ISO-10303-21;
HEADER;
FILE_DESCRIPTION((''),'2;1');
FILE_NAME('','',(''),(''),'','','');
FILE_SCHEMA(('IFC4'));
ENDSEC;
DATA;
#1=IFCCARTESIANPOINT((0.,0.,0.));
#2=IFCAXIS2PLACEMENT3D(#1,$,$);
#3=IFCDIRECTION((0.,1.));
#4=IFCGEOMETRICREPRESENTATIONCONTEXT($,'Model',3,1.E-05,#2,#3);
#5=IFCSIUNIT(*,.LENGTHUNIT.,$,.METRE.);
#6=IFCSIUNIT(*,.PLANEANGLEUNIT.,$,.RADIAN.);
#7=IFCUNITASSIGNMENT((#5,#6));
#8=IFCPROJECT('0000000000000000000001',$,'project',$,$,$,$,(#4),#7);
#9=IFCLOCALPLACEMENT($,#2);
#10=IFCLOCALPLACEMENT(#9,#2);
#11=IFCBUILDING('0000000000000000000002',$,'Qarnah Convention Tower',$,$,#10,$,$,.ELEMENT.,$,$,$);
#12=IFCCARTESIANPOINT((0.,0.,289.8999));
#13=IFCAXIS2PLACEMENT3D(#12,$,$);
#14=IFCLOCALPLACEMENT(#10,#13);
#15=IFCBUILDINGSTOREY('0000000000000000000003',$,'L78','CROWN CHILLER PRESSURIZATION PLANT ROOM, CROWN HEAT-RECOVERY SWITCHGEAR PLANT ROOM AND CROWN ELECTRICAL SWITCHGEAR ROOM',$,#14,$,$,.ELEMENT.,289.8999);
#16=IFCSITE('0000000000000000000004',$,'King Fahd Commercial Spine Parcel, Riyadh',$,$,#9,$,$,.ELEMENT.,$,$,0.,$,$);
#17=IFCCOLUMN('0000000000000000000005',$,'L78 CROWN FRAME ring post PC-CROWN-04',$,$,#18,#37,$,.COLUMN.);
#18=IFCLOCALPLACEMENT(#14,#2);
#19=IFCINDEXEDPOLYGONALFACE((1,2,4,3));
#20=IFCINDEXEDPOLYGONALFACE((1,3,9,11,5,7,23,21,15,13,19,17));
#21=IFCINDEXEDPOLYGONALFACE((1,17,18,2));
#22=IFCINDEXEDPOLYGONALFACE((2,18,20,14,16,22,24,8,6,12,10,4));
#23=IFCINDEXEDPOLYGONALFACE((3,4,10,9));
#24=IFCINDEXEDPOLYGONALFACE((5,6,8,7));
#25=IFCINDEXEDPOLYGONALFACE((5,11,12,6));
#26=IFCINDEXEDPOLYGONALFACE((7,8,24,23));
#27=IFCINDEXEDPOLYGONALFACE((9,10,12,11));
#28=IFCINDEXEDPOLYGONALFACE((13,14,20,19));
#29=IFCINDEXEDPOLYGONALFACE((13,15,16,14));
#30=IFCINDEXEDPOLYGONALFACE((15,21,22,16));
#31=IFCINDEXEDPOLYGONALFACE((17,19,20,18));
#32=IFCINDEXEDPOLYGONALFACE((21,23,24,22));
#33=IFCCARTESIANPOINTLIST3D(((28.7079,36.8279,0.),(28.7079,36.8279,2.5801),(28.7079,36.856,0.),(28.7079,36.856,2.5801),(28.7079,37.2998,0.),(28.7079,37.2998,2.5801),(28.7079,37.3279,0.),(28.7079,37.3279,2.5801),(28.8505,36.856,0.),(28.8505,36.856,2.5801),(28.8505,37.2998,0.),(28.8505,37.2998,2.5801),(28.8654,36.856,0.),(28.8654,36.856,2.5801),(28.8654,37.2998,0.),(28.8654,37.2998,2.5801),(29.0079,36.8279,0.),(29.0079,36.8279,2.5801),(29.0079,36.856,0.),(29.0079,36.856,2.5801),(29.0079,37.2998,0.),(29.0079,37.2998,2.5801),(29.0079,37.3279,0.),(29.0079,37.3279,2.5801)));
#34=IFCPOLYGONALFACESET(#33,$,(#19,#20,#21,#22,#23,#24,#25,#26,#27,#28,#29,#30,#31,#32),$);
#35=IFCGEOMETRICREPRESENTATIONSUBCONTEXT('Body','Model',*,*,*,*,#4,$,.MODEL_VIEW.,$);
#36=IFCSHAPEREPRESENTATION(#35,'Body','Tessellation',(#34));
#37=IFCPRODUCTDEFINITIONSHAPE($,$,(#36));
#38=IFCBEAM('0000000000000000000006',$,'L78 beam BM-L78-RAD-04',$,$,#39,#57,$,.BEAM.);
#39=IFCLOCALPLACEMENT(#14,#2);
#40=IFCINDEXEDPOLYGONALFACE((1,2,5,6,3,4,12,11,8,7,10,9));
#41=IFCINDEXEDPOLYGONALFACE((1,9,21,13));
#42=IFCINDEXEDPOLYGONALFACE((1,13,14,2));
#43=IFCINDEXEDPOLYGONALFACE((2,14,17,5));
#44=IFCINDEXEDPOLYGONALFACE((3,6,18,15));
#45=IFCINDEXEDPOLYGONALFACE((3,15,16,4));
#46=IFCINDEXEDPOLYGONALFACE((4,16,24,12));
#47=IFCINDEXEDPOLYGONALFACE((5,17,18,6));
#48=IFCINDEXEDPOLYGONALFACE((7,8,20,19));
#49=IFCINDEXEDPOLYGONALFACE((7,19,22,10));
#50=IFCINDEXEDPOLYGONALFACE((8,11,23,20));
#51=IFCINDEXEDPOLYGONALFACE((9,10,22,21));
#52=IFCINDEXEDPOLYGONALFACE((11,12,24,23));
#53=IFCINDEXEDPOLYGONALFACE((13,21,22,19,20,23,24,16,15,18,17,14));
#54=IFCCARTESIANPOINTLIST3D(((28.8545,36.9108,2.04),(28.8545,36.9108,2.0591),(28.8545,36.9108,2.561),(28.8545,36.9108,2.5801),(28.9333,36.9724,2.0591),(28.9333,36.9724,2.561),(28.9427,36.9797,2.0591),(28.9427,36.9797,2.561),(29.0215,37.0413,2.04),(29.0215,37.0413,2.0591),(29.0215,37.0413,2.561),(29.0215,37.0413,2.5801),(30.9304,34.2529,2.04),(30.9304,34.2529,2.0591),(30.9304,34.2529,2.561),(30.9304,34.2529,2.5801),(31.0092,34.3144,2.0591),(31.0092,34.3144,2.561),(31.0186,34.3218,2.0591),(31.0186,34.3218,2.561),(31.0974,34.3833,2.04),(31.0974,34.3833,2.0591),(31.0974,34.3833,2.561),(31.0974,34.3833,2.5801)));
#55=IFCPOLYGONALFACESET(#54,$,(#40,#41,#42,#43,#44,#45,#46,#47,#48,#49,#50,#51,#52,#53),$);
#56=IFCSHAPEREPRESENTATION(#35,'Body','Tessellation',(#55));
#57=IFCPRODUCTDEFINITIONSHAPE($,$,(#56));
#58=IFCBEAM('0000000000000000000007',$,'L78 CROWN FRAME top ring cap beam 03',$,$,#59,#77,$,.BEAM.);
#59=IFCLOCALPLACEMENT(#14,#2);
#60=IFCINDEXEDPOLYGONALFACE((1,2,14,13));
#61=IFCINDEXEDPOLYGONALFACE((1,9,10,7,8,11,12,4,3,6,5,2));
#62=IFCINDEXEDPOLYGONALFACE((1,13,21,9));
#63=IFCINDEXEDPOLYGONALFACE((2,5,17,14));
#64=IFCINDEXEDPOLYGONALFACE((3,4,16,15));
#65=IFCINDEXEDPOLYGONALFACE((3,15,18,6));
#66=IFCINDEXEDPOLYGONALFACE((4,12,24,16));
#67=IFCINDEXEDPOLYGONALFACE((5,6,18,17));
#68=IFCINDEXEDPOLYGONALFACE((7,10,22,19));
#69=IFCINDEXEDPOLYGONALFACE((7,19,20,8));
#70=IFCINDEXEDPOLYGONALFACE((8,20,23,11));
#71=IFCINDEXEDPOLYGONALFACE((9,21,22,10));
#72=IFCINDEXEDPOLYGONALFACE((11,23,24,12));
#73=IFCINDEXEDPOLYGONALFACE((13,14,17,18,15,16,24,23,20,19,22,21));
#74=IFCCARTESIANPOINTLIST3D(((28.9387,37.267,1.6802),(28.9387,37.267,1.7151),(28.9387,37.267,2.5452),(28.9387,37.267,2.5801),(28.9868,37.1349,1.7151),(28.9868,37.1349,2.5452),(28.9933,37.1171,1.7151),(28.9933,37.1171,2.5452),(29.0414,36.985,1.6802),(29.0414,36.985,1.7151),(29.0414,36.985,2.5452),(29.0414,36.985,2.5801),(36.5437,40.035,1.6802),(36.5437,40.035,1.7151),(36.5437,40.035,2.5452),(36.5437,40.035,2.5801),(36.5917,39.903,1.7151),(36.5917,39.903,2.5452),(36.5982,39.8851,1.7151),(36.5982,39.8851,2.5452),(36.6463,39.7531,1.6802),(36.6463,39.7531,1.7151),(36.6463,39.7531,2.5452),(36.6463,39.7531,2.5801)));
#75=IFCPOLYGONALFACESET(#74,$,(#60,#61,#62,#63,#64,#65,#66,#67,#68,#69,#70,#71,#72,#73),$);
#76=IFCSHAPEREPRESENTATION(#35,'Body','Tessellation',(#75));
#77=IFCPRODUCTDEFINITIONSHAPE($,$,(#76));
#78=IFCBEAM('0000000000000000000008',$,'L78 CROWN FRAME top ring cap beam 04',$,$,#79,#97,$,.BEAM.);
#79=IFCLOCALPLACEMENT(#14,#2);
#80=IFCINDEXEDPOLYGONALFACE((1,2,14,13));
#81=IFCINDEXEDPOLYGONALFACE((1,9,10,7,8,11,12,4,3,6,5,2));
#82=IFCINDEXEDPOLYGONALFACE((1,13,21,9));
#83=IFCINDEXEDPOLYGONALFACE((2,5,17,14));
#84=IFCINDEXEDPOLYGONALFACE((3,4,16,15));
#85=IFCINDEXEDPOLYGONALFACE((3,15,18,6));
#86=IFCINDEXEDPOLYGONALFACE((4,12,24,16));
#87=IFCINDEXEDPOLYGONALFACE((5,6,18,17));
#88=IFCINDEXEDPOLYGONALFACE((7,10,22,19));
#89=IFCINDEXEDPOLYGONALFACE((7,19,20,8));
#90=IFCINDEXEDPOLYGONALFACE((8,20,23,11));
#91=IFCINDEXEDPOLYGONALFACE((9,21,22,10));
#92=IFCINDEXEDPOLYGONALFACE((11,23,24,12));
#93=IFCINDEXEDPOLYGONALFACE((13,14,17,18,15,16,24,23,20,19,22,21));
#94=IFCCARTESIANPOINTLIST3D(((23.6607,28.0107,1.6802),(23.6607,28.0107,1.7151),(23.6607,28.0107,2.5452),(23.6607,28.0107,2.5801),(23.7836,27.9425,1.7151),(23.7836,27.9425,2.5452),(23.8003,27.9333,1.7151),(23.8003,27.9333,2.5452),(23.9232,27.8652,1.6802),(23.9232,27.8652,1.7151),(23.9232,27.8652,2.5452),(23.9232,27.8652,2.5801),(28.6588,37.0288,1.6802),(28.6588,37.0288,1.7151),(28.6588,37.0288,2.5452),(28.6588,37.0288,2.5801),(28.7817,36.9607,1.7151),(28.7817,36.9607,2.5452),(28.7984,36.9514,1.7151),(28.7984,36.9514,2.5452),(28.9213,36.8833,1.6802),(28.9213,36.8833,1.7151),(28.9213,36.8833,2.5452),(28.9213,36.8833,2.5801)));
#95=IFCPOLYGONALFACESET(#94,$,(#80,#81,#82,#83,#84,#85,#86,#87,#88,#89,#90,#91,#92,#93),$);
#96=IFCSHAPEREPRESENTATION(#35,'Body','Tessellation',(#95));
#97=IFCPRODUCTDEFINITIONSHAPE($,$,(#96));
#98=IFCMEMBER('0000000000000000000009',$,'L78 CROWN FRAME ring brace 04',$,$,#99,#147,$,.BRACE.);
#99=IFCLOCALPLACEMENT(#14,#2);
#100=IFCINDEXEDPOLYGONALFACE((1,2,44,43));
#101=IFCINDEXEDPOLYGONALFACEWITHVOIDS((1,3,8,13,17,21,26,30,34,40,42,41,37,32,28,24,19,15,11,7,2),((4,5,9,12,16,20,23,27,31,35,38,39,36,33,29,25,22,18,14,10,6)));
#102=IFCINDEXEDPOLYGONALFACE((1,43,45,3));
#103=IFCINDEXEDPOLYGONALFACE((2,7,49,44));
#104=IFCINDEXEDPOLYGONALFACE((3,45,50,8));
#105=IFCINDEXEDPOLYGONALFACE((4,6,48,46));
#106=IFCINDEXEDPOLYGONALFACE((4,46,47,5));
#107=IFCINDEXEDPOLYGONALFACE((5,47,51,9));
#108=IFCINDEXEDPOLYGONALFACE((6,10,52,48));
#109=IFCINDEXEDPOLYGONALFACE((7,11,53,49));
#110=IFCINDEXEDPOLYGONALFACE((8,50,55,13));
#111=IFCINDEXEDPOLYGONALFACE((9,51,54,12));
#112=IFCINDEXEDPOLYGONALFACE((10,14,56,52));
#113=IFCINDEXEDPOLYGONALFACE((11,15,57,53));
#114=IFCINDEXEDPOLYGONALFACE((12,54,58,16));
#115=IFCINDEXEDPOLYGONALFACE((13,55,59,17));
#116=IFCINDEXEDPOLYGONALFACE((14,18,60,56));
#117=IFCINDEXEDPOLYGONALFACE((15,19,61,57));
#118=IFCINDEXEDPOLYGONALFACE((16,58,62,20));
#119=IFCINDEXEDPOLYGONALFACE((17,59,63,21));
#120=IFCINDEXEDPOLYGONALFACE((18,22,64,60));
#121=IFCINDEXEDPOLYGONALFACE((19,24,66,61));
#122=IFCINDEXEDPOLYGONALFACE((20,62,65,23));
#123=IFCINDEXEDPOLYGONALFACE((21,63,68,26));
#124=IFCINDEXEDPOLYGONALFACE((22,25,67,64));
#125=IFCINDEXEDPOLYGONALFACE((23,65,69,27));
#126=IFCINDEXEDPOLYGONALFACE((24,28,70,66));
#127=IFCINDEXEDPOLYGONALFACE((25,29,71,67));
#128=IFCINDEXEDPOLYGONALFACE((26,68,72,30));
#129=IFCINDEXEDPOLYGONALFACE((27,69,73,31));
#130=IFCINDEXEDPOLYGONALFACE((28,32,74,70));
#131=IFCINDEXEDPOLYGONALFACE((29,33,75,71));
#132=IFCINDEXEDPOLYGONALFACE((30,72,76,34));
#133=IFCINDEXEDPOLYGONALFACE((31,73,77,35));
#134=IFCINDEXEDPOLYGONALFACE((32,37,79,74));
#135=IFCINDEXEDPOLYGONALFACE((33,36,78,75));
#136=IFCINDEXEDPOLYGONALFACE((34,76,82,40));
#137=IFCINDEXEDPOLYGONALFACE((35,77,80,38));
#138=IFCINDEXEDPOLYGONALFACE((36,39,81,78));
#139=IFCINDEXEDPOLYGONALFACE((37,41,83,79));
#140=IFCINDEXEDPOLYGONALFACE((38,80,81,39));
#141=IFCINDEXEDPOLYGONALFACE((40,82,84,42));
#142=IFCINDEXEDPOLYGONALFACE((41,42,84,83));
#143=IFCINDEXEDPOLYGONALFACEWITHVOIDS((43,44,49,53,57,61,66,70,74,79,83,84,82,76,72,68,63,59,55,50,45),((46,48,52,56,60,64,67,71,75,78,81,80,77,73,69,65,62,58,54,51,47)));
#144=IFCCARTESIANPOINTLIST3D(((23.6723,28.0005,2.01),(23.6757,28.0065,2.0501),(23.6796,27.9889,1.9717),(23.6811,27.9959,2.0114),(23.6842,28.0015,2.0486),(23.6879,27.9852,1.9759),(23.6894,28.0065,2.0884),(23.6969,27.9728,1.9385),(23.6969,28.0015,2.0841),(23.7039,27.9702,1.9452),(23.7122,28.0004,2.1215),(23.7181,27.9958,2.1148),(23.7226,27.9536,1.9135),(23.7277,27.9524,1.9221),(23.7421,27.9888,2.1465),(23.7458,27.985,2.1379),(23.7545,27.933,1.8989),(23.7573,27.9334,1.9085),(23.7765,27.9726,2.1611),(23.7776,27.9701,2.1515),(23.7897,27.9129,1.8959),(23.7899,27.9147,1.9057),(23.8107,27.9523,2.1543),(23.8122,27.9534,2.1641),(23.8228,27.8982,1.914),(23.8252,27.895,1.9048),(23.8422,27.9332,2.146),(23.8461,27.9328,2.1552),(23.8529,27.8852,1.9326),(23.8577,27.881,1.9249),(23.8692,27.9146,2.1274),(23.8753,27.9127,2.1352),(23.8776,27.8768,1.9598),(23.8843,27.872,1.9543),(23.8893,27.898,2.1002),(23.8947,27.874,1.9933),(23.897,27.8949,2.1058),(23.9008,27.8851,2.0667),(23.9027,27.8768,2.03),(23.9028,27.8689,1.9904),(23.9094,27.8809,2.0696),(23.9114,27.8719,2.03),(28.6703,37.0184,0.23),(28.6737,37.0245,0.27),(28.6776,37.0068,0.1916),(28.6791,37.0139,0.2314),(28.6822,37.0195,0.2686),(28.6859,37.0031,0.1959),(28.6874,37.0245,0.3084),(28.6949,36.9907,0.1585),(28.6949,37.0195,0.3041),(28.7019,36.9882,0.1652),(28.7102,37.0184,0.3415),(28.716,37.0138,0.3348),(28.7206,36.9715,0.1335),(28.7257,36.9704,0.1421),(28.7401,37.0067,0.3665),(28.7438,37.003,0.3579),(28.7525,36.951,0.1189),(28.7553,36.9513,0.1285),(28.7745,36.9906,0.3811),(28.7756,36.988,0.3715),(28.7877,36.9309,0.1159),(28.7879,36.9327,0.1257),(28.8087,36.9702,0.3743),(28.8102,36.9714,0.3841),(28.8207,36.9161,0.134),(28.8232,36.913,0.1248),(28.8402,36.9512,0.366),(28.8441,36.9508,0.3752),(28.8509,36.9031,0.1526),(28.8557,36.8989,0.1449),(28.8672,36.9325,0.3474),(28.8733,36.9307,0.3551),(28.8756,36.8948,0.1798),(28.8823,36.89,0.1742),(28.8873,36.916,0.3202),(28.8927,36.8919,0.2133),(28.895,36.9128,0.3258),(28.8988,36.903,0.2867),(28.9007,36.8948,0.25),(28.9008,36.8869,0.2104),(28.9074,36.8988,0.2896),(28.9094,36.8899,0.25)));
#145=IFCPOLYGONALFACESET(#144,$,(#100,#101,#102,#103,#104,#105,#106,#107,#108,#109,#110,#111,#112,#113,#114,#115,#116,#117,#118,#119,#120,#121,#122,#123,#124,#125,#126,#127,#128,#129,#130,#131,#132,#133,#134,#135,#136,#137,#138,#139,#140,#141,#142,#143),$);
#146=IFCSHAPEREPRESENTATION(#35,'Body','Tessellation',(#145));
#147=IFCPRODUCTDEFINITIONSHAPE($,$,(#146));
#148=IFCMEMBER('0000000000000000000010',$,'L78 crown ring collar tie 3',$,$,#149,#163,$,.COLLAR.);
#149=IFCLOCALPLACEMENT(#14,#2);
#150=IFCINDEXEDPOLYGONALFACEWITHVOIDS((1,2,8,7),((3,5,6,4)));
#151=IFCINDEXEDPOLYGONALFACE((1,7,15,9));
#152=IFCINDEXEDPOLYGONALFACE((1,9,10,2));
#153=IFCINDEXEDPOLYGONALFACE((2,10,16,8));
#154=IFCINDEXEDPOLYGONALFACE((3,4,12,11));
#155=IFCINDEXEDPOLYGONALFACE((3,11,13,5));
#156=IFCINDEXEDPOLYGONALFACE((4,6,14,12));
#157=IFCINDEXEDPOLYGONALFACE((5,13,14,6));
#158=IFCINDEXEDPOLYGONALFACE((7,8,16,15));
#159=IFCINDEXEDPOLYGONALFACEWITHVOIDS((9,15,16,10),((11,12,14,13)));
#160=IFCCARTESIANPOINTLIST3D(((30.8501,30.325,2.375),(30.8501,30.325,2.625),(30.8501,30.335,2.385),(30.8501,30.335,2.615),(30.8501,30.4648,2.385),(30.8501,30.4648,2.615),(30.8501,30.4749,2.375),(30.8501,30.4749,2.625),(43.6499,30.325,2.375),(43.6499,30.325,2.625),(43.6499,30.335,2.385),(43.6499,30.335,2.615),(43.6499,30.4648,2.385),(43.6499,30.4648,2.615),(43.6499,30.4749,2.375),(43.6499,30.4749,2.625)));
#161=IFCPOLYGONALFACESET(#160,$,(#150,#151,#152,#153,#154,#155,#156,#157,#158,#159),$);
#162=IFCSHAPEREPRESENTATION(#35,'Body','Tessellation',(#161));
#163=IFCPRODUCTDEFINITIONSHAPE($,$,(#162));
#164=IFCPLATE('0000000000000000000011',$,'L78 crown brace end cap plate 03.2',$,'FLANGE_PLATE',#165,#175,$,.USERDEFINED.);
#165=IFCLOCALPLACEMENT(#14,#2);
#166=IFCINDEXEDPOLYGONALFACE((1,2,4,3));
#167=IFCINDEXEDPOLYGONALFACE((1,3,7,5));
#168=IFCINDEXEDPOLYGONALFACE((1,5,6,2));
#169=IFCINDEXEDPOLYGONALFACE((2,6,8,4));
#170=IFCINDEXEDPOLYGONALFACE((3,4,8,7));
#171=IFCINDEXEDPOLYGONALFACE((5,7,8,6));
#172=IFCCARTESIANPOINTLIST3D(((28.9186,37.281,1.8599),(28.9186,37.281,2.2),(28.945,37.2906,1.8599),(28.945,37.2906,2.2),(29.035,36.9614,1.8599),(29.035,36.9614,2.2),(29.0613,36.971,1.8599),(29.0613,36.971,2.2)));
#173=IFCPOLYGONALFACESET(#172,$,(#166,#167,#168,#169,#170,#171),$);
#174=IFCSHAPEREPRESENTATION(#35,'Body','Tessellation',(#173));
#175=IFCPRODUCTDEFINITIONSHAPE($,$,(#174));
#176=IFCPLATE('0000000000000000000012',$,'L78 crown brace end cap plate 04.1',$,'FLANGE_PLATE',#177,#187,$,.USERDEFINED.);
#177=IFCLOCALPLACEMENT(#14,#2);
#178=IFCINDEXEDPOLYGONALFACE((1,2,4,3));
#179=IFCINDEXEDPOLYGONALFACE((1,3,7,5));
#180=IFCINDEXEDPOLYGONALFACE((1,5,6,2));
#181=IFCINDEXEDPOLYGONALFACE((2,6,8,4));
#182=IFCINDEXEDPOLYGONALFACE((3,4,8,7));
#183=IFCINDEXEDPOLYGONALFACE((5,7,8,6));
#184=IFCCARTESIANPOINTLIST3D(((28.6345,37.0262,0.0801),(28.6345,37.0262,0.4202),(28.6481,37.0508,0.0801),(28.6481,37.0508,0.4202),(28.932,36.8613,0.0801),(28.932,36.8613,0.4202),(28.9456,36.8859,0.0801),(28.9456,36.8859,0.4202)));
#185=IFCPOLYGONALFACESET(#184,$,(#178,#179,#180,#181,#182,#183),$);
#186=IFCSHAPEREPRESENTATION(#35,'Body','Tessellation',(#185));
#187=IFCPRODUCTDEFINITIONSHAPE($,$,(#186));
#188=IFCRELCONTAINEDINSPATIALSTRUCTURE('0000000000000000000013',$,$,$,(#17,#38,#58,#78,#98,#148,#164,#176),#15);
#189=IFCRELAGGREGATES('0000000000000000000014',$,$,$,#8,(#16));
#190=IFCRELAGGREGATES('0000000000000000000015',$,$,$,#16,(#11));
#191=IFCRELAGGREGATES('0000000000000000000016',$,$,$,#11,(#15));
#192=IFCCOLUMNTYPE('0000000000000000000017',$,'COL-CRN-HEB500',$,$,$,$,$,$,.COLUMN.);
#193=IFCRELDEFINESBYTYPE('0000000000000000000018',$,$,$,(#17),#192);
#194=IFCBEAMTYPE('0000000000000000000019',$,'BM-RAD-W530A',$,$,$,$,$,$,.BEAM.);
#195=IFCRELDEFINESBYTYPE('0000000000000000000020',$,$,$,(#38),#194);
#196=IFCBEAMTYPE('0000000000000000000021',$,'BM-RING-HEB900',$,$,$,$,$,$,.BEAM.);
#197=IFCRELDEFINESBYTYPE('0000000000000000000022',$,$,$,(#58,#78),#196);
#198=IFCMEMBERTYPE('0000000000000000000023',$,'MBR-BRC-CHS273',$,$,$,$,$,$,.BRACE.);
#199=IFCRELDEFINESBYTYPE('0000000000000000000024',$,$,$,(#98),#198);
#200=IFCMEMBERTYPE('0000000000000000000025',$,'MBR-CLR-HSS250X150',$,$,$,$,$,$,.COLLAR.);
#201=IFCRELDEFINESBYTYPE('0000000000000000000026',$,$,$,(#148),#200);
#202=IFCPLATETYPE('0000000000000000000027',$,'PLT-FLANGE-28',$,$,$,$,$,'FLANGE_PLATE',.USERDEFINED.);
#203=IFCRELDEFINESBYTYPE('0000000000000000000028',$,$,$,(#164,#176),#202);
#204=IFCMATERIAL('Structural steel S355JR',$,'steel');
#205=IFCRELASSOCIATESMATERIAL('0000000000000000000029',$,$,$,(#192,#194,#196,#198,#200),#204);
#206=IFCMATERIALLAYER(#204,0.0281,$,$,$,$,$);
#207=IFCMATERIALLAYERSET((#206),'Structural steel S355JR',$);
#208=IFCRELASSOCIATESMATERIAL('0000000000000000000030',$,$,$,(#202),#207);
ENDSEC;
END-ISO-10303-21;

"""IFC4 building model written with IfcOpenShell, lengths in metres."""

from ifc_helpers import new_model, si_unit, direction, frame, origin, origin_2d, place, context, subcontext, project, spatial, rectangle, hollow_rectangle, hollow_circle, i_section, extrude, material, layer, layer_set, material_profile, profile_set, type_object, element, save


model = new_model("IFC4")

# Units and contexts
model_context = context("Model", 3, precision=1e-05, world=origin(), true_north=direction((0.0, 1.0)))
body_context = subcontext(model_context, "Body", "Model", "MODEL_VIEW")
ifc_project = project(units=[si_unit("LENGTHUNIT", "METRE"), si_unit("PLANEANGLEUNIT", "RADIAN")], contexts=[model_context])

# Site, building, storey
site_placement = place(None, origin())
site = spatial("IfcSite", under=ifc_project, at=site_placement, Name="King Fahd Commercial Spine Parcel, Riyadh", CompositionType="ELEMENT", RefElevation=0.0)
building_placement = place(site_placement, origin())
building = spatial("IfcBuilding", under=site, at=building_placement, Name="Qarnah Convention Tower", CompositionType="ELEMENT")
storey_placement = place(building_placement, frame((0.0, 0.0, 289.8999)))
storey = spatial("IfcBuildingStorey", under=building, at=storey_placement, Name="L78", Description="CROWN CHILLER PRESSURIZATION PLANT ROOM, CROWN HEAT-RECOVERY SWITCHGEAR PLANT ROOM AND CROWN ELECTRICAL SWITCHGEAR ROOM", CompositionType="ELEMENT", Elevation=289.8999)

# Column
ifc_material_1 = material(Name="Structural steel S355JR", Category="steel")
ifc_material_profile_1 = material_profile(ifc_material_1, i_section(OverallWidth=0.3, OverallDepth=0.5, WebThickness=0.0149, FlangeThickness=0.0281, at=origin_2d()), Name="HEB500")
ifc_profile_set_1 = profile_set([ifc_material_profile_1], Name="Structural steel S355JR")
column_type = type_object("IfcColumnType", Name="COL-CRN-HEB500", PredefinedType="COLUMN", material=ifc_profile_set_1)
column_placement = place(storey_placement, frame((28.8579, 37.0779, 0.0), z_axis=(0.0, 0.0, 1.0), x_axis=(1.0, 0.0, 0.0)))
element("IfcColumn", 1, at=column_placement, inside=storey, type_object=column_type, Name="L78 CROWN FRAME ring post PC-CROWN-04", PredefinedType="COLUMN", context=body_context, shape_type="SweptSolid", body=[
    extrude(i_section(OverallWidth=0.3, OverallDepth=0.5, WebThickness=0.0149, FlangeThickness=0.0281, at=origin_2d()), origin(), (0.0, 0.0, 1.0), 2.5801),
])

# Beams
ifc_material_profile_2 = material_profile(ifc_material_1, i_section(OverallWidth=0.2119, OverallDepth=0.54, WebThickness=0.012, FlangeThickness=0.019, at=origin_2d()), Name="W530X109")
ifc_profile_set_2 = profile_set([ifc_material_profile_2], Name="Structural steel S355JR")
beam_type_1 = type_object("IfcBeamType", Name="BM-RAD-W530A", PredefinedType="BEAM", material=ifc_profile_set_2)
beam_1_placement = place(storey_placement, frame((31.0139, 34.3181, 2.3101), z_axis=(-0.615533, 0.788111, 0.0), x_axis=(-0.788111, -0.615533, 0.0)))
element("IfcBeam", 2, at=beam_1_placement, inside=storey, type_object=beam_type_1, Name="L78 beam BM-L78-RAD-04", PredefinedType="BEAM", context=body_context, shape_type="SweptSolid", body=[
    extrude(i_section(OverallWidth=0.2119, OverallDepth=0.54, WebThickness=0.012, FlangeThickness=0.019, at=origin_2d()), origin(), (0.0, 0.0, 1.0), 3.3726),
])
ifc_material_profile_3 = material_profile(ifc_material_1, i_section(OverallWidth=0.3, OverallDepth=0.8999, WebThickness=0.019, FlangeThickness=0.0349, at=origin_2d()), Name="HEB900")
ifc_profile_set_3 = profile_set([ifc_material_profile_3], Name="Structural steel S355JR")
beam_type_2 = type_object("IfcBeamType", Name="BM-RING-HEB900", PredefinedType="BEAM", material=ifc_profile_set_3)
beam_2_placement = place(storey_placement, frame((36.595, 39.894, 2.1301), z_axis=(-0.939689, -0.342029, 0.0), x_axis=(0.342029, -0.939689, 0.0)))
element("IfcBeam", 3, at=beam_2_placement, inside=storey, type_object=beam_type_2, Name="L78 CROWN FRAME top ring cap beam 03", PredefinedType="BEAM", context=body_context, shape_type="SweptSolid", body=[
    extrude(i_section(OverallWidth=0.3, OverallDepth=0.8999, WebThickness=0.019, FlangeThickness=0.0349, at=origin_2d()), origin(), (0.0, 0.0, 1.0), 8.093),
])
beam_3_placement = place(storey_placement, frame((28.79, 36.9561, 2.1301), z_axis=(-0.484754, -0.874651, 0.0), x_axis=(0.874651, -0.484754, 0.0)))
element("IfcBeam", 4, at=beam_3_placement, inside=storey, type_object=beam_type_2, Name="L78 CROWN FRAME top ring cap beam 04", PredefinedType="BEAM", context=body_context, shape_type="SweptSolid", body=[
    extrude(i_section(OverallWidth=0.3, OverallDepth=0.8999, WebThickness=0.019, FlangeThickness=0.0349, at=origin_2d()), origin(), (0.0, 0.0, 1.0), 10.3105),
])

# Members
ifc_material_profile_4 = material_profile(ifc_material_1, hollow_circle(Radius=0.1365, WallThickness=0.01, at=origin_2d()), Name="CHS273X10")
ifc_profile_set_4 = profile_set([ifc_material_profile_4], Name="Structural steel S355JR")
member_type_1 = type_object("IfcMemberType", Name="MBR-BRC-CHS273", PredefinedType="BRACE", material=ifc_profile_set_4)
member_1_placement = place(storey_placement, frame((28.79, 36.9561, 0.25), z_axis=(-0.477687, -0.8619, 0.170126), x_axis=(0.874651, -0.484754, 0.0)))
element("IfcMember", 5, at=member_1_placement, inside=storey, type_object=member_type_1, Name="L78 CROWN FRAME ring brace 04", PredefinedType="BRACE", context=body_context, shape_type="SweptSolid", body=[
    extrude(hollow_circle(Radius=0.1365, WallThickness=0.01, at=origin_2d()), origin(), (0.0, 0.0, 1.0), 10.4629),
])
ifc_material_profile_5 = material_profile(ifc_material_1, hollow_rectangle(XDim=0.1499, YDim=0.25, WallThickness=0.01, at=origin_2d()), Name="HSS250X150X10")
ifc_profile_set_5 = profile_set([ifc_material_profile_5], Name="Structural steel S355JR")
member_type_2 = type_object("IfcMemberType", Name="MBR-CLR-HSS250X150", PredefinedType="COLLAR", material=ifc_profile_set_5)
member_2_placement = place(storey_placement, frame((30.8501, 30.3999, 2.5), z_axis=(1.0, 0.0, 0.0), x_axis=(0.0, 1.0, 0.0)))
element("IfcMember", 6, at=member_2_placement, inside=storey, type_object=member_type_2, Name="L78 crown ring collar tie 3", PredefinedType="COLLAR", context=body_context, shape_type="SweptSolid", body=[
    extrude(hollow_rectangle(XDim=0.1499, YDim=0.25, WallThickness=0.01, at=origin_2d()), origin(), (0.0, 0.0, 1.0), 12.7998),
])

# Plates
ifc_layer_1 = layer(ifc_material_1, 0.0281)
ifc_layer_set_1 = layer_set([ifc_layer_1], Name="Structural steel S355JR")
plate_type_1 = type_object("IfcPlateType", Name="PLT-FLANGE-28", ElementType="FLANGE_PLATE", PredefinedType="USERDEFINED", material=ifc_layer_set_1)
for number, where, z_axis, x_axis, name in (
    (7, (28.99, 37.126, 1.8599), (0.0, 0.0, 1.0), (-0.939693, -0.34202, 0.0), "L78 crown brace end cap plate 03.2"),
    (8, (28.79, 36.9561, 0.0801), (0.0, 0.0, 1.0), (-0.484753, -0.874651, 0.0), "L78 crown brace end cap plate 04.1"),
):
    element("IfcPlate", number, at=place(storey_placement, frame(where, z_axis=z_axis, x_axis=x_axis)), inside=storey, type_object=plate_type_1, Name=name, ObjectType="FLANGE_PLATE", PredefinedType="USERDEFINED", context=body_context, shape_type="SweptSolid", body=[
        extrude(rectangle(XDim=0.0281, YDim=0.3401, at=origin_2d()), origin(), (0.0, 0.0, 1.0), 0.3401),
    ])

save(model, "model.ifc")
